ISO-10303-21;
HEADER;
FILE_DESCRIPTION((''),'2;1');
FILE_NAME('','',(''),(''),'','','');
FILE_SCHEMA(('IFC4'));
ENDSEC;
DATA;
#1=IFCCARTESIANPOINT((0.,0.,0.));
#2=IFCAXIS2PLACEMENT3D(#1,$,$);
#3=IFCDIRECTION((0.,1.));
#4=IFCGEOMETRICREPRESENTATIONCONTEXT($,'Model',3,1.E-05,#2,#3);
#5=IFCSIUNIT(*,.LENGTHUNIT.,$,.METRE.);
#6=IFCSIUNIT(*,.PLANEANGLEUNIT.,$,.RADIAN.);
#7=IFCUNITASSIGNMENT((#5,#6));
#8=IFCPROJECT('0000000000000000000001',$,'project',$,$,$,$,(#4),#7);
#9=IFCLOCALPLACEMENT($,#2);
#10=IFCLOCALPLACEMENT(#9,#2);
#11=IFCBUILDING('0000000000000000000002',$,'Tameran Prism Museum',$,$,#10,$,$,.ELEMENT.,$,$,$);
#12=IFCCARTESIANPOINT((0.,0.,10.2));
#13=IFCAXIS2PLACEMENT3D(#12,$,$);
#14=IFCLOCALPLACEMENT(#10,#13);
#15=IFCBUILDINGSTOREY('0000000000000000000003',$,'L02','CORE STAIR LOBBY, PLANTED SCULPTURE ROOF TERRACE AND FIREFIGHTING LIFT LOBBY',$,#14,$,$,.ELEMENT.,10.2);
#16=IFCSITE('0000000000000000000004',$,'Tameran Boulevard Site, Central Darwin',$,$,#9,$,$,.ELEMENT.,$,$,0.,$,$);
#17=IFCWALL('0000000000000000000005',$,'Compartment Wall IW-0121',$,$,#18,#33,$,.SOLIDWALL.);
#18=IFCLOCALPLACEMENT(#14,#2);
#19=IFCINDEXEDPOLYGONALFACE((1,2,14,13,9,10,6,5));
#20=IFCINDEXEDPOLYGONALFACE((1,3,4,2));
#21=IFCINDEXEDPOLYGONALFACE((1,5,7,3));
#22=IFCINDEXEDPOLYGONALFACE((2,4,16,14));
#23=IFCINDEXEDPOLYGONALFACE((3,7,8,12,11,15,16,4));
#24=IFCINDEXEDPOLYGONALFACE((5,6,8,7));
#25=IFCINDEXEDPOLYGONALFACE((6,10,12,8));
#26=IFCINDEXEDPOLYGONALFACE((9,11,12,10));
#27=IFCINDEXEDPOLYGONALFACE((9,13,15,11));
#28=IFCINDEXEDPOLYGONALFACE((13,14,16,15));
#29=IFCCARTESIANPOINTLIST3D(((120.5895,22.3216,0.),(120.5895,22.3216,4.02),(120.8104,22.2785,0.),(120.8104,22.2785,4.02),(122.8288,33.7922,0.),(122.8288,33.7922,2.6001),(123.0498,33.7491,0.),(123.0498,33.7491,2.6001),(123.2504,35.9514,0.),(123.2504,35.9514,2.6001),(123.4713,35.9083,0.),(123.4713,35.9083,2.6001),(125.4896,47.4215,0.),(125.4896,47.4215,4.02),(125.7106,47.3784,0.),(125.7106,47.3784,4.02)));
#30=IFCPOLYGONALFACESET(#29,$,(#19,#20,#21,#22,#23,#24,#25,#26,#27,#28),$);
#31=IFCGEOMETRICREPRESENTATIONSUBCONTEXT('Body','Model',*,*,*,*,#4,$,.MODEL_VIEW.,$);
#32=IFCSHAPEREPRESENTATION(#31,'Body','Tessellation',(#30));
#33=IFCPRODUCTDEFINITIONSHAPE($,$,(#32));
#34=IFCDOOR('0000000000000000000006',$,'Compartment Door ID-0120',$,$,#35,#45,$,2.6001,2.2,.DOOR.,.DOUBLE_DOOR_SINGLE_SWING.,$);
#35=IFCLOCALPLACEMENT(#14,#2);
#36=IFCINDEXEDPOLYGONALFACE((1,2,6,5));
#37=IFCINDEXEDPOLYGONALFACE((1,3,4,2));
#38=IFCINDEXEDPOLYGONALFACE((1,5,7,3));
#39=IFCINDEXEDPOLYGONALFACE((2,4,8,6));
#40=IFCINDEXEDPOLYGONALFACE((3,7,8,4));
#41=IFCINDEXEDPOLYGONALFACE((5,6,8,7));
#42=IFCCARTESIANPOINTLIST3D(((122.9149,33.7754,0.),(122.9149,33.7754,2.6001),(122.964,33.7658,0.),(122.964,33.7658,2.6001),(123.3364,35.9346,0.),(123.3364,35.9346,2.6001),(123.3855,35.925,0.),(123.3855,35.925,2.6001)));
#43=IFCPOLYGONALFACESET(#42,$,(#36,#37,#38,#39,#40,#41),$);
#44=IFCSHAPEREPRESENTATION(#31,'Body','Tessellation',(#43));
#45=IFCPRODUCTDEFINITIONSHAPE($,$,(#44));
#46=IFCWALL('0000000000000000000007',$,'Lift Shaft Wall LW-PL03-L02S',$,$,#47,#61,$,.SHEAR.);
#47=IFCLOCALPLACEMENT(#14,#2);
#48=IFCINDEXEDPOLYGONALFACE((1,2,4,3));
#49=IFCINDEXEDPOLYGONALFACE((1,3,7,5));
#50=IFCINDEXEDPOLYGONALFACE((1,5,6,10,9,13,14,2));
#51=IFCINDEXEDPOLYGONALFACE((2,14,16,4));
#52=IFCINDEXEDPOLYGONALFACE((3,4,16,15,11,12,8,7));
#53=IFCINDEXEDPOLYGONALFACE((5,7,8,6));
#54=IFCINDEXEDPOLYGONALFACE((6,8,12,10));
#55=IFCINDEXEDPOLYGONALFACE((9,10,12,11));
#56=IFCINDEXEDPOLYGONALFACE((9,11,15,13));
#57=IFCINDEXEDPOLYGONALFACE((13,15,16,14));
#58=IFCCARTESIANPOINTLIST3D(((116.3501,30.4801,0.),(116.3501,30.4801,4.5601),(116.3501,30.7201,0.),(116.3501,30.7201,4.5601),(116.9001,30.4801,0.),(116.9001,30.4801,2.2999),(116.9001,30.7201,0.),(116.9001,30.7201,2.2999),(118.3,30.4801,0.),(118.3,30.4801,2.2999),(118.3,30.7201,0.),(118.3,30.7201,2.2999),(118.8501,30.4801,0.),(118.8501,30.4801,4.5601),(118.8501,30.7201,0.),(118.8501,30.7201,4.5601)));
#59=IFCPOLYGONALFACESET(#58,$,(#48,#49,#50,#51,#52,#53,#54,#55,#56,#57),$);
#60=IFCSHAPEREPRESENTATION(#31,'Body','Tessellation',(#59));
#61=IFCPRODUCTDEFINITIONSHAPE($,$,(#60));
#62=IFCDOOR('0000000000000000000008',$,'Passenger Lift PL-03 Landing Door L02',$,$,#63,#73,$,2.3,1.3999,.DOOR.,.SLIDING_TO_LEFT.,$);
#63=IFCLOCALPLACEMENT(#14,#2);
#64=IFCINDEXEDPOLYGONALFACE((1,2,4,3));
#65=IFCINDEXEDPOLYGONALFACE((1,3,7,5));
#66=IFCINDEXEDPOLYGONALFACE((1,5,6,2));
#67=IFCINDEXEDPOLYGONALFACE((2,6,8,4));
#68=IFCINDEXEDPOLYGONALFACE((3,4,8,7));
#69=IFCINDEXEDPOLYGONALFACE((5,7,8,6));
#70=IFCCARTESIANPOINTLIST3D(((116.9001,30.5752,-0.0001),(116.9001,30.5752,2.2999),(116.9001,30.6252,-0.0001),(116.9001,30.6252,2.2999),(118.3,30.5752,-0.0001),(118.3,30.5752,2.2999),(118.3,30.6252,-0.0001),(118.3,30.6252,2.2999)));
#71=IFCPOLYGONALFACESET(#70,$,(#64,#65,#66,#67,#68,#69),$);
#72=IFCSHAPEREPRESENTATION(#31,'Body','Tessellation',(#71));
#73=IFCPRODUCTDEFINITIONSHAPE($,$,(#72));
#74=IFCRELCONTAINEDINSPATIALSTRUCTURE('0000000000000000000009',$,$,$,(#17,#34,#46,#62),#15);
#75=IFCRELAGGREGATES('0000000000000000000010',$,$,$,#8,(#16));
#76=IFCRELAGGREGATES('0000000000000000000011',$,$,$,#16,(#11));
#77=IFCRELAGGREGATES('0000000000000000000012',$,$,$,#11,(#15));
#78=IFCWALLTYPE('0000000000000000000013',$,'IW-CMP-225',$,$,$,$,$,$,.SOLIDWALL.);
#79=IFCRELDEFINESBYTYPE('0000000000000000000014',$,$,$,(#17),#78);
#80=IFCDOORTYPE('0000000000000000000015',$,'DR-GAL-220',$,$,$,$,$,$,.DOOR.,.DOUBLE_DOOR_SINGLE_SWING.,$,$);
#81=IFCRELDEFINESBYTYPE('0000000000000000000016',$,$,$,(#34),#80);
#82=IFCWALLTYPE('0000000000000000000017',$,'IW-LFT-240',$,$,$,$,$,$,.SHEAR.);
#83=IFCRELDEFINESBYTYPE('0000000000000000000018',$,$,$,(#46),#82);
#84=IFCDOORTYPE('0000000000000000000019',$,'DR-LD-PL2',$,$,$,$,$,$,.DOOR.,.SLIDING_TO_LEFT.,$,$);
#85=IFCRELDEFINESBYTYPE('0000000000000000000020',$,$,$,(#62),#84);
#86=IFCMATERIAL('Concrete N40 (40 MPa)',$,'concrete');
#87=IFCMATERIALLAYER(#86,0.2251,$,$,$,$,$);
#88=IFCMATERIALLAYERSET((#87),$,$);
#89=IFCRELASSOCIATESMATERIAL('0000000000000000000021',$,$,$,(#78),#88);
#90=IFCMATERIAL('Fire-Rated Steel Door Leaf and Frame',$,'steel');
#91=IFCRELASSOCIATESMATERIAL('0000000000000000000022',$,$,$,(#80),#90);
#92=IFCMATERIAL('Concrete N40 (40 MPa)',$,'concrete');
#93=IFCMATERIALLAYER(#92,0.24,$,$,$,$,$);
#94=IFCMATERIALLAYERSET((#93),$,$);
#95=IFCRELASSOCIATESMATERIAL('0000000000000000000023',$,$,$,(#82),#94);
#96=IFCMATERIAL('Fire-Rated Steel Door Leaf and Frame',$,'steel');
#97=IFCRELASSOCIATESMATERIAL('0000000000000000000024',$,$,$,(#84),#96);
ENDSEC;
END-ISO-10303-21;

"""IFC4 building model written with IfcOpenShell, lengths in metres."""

from ifc_helpers import new_model, si_unit, direction, frame, frame_2d, origin, place, context, subcontext, project, spatial, rectangle, extrude, material, layer, layer_set, type_object, element, fill, save


model = new_model("IFC4")

# Units and contexts
model_context = context("Model", 3, precision=1e-05, world=origin(), true_north=direction((0.0, 1.0)))
body_context = subcontext(model_context, "Body", "Model", "MODEL_VIEW")
ifc_project = project(units=[si_unit("LENGTHUNIT", "METRE"), si_unit("PLANEANGLEUNIT", "RADIAN")], contexts=[model_context])

# Site, building, storey
site_placement = place(None, origin())
site = spatial("IfcSite", under=ifc_project, at=site_placement, Name="Tameran Boulevard Site, Central Darwin", CompositionType="ELEMENT", RefElevation=0.0)
building_placement = place(site_placement, origin())
building = spatial("IfcBuilding", under=site, at=building_placement, Name="Tameran Prism Museum", CompositionType="ELEMENT")
storey_placement = place(building_placement, frame((0.0, 0.0, 10.2)))
storey = spatial("IfcBuildingStorey", under=building, at=storey_placement, Name="L02", Description="CORE STAIR LOBBY, PLANTED SCULPTURE ROOF TERRACE AND FIREFIGHTING LIFT LOBBY", CompositionType="ELEMENT", Elevation=10.2)

# Walls, openings, doors
ifc_material_1 = material(Name="Concrete N40 (40 MPa)", Category="concrete")
ifc_layer_1 = layer(ifc_material_1, 0.2251)
ifc_layer_set_1 = layer_set([ifc_layer_1])
wall_type_1 = type_object("IfcWallType", Name="IW-CMP-225", PredefinedType="SOLIDWALL", material=ifc_layer_set_1)
wall_1_placement = place(storey_placement, frame((120.7, 22.3, 0.0), z_axis=(0.0, 0.0, 1.0), x_axis=(0.191609, 0.981471, 0.0)))
wall_1 = element("IfcWall", 1, at=wall_1_placement, inside=storey, type_object=wall_type_1, Name="Compartment Wall IW-0121", PredefinedType="SOLIDWALL", context=body_context, shape_type="SweptSolid", body=[
    extrude(rectangle(XDim=25.5737, YDim=0.2251, at=frame_2d((12.7869, 0.0))), origin(), (0.0, 0.0, 1.0), 4.02),
])
opening_1_placement = place(wall_1_placement, frame((11.687, 0.0, 0.0)))
opening_1 = element("IfcOpeningElement", 2, at=opening_1_placement, cuts=wall_1, PredefinedType="OPENING", context=body_context, shape_type="SweptSolid", body=[
    extrude(rectangle(XDim=2.2, YDim=2.6001, at=frame_2d((1.1001, 1.3))), frame((0.0, 0.1226, 0.0), z_axis=(0.0, -1.0, 0.0), x_axis=(1.0, 0.0, 0.0)), (0.0, 0.0, 1.0), 0.2451),
])
ifc_material_2 = material(Name="Fire-Rated Steel Door Leaf and Frame", Category="steel")
door_type_1 = type_object("IfcDoorType", Name="DR-GAL-220", OperationType="DOUBLE_DOOR_SINGLE_SWING", PredefinedType="DOOR", material=ifc_material_2)
door_1_placement = place(opening_1_placement, origin())
door_1 = element("IfcDoor", 3, at=door_1_placement, inside=storey, type_object=door_type_1, Name="Compartment Door ID-0120", OperationType="DOUBLE_DOOR_SINGLE_SWING", OverallHeight=2.6001, OverallWidth=2.2, PredefinedType="DOOR", context=body_context, shape_type="SweptSolid", body=[
    extrude(rectangle(XDim=2.2, YDim=2.6001, at=frame_2d((1.1001, 1.3))), frame((0.0, 0.0249, 0.0), z_axis=(0.0, -1.0, 0.0), x_axis=(1.0, 0.0, 0.0)), (0.0, 0.0, 1.0), 0.05),
])
fill(opening_1, door_1)
ifc_material_3 = material(Name="Concrete N40 (40 MPa)", Category="concrete")
ifc_layer_2 = layer(ifc_material_3, 0.24)
ifc_layer_set_2 = layer_set([ifc_layer_2])
wall_type_2 = type_object("IfcWallType", Name="IW-LFT-240", PredefinedType="SHEAR", material=ifc_layer_set_2)
wall_2_placement = place(storey_placement, frame((118.8501, 30.6001, 0.0), z_axis=(0.0, 0.0, 1.0), x_axis=(-1.0, 0.0, 0.0)))
wall_2 = element("IfcWall", 4, at=wall_2_placement, inside=storey, type_object=wall_type_2, Name="Lift Shaft Wall LW-PL03-L02S", PredefinedType="SHEAR", context=body_context, shape_type="SweptSolid", body=[
    extrude(rectangle(XDim=2.5, YDim=0.24, at=frame_2d((1.25, 0.0))), origin(), (0.0, 0.0, 1.0), 4.5601),
])
opening_2_placement = place(wall_2_placement, frame((0.55, 0.0, 0.0)))
opening_2 = element("IfcOpeningElement", 5, at=opening_2_placement, cuts=wall_2, PredefinedType="OPENING", context=body_context, shape_type="SweptSolid", body=[
    extrude(rectangle(XDim=1.3999, YDim=2.3, at=frame_2d((0.7, 1.1499))), frame((0.0, 0.1299, 0.0), z_axis=(0.0, -1.0, 0.0), x_axis=(1.0, 0.0, 0.0)), (0.0, 0.0, 1.0), 0.26),
])
ifc_material_4 = material(Name="Fire-Rated Steel Door Leaf and Frame", Category="steel")
door_type_2 = type_object("IfcDoorType", Name="DR-LD-PL2", OperationType="SLIDING_TO_LEFT", PredefinedType="DOOR", material=ifc_material_4)
door_2_placement = place(opening_2_placement, origin())
door_2 = element("IfcDoor", 6, at=door_2_placement, inside=storey, type_object=door_type_2, Name="Passenger Lift PL-03 Landing Door L02", OperationType="SLIDING_TO_LEFT", OverallHeight=2.3, OverallWidth=1.3999, PredefinedType="DOOR", context=body_context, shape_type="SweptSolid", body=[
    extrude(rectangle(XDim=1.3999, YDim=2.3, at=frame_2d((0.7, 1.1499))), frame((0.0, 0.0249, 0.0), z_axis=(0.0, -1.0, 0.0), x_axis=(1.0, 0.0, 0.0)), (0.0, 0.0, 1.0), 0.05),
])
fill(opening_2, door_2)

save(model, "model.ifc")
